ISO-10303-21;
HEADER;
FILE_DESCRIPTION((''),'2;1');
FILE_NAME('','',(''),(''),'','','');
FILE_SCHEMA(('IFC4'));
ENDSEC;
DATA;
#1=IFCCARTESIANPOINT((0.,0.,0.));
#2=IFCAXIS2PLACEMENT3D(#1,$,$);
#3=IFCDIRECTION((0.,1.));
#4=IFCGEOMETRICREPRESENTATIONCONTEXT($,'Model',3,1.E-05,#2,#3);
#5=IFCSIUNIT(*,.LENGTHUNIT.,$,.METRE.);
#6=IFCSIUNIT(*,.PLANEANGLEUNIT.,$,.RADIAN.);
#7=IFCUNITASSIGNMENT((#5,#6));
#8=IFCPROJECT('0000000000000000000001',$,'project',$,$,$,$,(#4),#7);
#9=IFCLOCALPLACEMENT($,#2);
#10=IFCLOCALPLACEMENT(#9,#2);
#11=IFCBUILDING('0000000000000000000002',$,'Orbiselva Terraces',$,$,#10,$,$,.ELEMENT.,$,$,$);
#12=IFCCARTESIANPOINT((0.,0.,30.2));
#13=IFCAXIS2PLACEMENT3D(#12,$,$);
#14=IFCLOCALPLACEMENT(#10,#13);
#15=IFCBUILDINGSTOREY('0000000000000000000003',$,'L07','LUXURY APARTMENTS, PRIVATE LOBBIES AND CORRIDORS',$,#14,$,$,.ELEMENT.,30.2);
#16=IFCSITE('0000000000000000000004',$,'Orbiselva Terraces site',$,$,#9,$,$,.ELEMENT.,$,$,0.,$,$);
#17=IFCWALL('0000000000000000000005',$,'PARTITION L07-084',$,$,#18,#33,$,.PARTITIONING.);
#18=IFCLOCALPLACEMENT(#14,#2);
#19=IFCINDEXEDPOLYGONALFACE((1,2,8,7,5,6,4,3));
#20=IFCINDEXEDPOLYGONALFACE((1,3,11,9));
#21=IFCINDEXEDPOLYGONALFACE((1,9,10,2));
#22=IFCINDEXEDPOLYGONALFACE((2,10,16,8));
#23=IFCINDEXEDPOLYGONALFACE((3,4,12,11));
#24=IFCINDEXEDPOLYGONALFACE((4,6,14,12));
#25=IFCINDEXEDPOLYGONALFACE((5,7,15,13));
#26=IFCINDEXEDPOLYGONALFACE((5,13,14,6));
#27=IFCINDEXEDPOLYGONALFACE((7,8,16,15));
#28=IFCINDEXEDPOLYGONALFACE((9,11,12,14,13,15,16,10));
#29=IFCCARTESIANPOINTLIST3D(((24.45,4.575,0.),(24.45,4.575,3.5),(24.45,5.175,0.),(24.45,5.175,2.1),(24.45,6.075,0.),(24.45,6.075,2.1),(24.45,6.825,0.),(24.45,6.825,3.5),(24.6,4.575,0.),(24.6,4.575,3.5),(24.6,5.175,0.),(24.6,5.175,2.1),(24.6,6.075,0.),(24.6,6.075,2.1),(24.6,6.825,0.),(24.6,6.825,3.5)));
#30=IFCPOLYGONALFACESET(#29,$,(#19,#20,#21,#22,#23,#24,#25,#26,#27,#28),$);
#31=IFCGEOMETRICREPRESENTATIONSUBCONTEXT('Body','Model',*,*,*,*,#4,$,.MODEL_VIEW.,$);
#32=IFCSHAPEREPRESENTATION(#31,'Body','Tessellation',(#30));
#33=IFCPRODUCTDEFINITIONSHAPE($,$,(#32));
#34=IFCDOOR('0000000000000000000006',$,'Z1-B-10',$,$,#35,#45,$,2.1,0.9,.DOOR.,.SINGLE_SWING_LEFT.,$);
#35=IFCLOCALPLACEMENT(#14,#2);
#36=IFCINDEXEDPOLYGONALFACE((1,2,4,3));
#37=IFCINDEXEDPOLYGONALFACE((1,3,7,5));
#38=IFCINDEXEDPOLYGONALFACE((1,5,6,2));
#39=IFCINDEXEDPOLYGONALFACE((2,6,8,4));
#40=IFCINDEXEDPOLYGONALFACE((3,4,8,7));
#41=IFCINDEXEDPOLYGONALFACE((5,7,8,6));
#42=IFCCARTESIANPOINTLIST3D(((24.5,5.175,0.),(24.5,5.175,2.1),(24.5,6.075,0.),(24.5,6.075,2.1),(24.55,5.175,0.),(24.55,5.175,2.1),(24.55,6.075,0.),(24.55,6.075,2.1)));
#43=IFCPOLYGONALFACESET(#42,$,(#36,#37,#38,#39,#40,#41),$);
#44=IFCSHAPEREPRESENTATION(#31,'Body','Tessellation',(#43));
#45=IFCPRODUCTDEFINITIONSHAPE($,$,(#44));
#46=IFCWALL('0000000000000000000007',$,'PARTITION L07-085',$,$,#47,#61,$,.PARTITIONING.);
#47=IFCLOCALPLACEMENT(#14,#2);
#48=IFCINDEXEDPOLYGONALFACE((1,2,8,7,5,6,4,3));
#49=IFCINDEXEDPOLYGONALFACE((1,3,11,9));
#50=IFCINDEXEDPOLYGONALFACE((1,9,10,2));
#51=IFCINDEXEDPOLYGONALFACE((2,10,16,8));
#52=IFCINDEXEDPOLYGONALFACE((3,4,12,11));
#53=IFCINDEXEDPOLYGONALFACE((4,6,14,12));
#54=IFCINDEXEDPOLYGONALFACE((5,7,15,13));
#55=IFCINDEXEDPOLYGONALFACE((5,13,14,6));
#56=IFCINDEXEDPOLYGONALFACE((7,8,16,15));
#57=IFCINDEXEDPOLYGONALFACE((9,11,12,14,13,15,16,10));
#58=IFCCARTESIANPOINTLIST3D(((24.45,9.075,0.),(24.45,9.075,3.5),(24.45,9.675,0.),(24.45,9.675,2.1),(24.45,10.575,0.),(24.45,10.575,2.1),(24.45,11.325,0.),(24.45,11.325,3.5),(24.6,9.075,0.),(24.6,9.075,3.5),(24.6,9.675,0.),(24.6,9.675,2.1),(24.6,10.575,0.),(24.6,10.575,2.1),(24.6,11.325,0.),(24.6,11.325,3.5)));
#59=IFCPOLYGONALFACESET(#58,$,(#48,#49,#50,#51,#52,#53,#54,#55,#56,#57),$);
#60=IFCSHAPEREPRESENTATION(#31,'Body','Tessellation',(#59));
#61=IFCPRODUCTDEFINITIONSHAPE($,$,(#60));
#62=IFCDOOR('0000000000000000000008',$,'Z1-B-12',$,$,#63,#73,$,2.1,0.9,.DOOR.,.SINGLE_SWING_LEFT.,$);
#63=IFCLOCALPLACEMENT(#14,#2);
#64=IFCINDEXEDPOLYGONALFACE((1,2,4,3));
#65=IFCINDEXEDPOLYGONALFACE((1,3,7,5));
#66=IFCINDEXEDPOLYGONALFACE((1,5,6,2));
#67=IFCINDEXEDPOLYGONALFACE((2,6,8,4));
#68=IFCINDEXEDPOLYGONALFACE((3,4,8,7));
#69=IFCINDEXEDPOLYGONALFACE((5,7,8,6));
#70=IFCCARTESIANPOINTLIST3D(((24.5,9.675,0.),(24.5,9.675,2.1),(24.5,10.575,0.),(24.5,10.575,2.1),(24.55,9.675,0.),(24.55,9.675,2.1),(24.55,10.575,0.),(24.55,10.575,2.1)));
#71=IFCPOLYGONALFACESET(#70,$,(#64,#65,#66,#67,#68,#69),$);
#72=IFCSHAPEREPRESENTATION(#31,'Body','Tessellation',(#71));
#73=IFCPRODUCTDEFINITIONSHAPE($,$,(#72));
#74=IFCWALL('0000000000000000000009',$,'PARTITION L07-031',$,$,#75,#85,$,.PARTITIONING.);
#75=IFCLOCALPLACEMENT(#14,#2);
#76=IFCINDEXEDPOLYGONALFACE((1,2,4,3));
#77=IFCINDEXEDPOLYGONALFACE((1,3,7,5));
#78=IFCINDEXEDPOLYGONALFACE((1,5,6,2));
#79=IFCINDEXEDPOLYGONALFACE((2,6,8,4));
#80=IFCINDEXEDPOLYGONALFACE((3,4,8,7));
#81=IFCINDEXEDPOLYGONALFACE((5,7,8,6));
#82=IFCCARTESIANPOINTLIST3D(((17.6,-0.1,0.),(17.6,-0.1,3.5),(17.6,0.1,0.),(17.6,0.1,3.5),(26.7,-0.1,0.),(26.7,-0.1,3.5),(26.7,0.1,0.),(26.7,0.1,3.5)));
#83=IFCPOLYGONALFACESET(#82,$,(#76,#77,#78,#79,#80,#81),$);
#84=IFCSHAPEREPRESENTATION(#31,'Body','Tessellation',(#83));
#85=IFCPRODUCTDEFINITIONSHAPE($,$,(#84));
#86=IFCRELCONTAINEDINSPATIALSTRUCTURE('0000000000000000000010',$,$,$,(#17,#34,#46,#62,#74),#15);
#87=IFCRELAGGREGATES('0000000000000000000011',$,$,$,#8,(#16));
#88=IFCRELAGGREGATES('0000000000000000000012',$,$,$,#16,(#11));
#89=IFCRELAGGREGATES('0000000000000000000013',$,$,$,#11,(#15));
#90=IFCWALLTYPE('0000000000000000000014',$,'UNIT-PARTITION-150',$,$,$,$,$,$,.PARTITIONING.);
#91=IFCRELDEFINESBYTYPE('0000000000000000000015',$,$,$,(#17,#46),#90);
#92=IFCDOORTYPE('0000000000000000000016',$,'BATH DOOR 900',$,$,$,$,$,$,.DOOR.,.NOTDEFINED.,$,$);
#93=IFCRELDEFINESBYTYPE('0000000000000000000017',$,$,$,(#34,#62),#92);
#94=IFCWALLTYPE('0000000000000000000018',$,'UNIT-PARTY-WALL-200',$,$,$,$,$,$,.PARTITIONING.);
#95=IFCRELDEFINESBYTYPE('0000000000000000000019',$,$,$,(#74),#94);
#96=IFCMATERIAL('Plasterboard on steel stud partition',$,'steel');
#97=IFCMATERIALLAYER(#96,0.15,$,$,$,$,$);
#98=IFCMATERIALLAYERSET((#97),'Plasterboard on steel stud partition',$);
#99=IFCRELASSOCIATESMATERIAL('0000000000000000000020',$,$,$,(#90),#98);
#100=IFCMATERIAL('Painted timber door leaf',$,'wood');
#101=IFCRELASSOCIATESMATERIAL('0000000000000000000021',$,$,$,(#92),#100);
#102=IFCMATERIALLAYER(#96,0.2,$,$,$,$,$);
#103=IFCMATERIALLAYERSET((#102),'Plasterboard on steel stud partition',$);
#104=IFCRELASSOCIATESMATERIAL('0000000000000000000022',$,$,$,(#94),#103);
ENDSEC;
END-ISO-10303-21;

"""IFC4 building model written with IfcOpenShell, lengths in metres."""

from ifc_helpers import new_model, si_unit, direction, frame, frame_2d, origin, place, context, subcontext, project, spatial, rectangle, extrude, material, layer, layer_set, type_object, element, fill, save


model = new_model("IFC4")

# Units and contexts
model_context = context("Model", 3, precision=1e-05, world=origin(), true_north=direction((0.0, 1.0)))
body_context = subcontext(model_context, "Body", "Model", "MODEL_VIEW")
ifc_project = project(units=[si_unit("LENGTHUNIT", "METRE"), si_unit("PLANEANGLEUNIT", "RADIAN")], contexts=[model_context])

# Site, building, storey
site_placement = place(None, origin())
site = spatial("IfcSite", under=ifc_project, at=site_placement, Name="Orbiselva Terraces site", CompositionType="ELEMENT", RefElevation=0.0)
building_placement = place(site_placement, origin())
building = spatial("IfcBuilding", under=site, at=building_placement, Name="Orbiselva Terraces", CompositionType="ELEMENT")
storey_placement = place(building_placement, frame((0.0, 0.0, 30.2)))
storey = spatial("IfcBuildingStorey", under=building, at=storey_placement, Name="L07", Description="LUXURY APARTMENTS, PRIVATE LOBBIES AND CORRIDORS", CompositionType="ELEMENT", Elevation=30.2)

# Shared definitions
ifc_material_1 = material(Name="Plasterboard on steel stud partition", Category="steel")
ifc_material_2 = material(Name="Painted timber door leaf", Category="wood")

# Shared definitions
ifc_layer_1 = layer(ifc_material_1, 0.15)
ifc_layer_set_1 = layer_set([ifc_layer_1], Name="Plasterboard on steel stud partition")
wall_type_1 = type_object("IfcWallType", Name="UNIT-PARTITION-150", PredefinedType="PARTITIONING", material=ifc_layer_set_1)

# Walls, openings, doors
wall_1_placement = place(storey_placement, frame((24.525, 4.575, 0.0), z_axis=(0.0, 0.0, 1.0), x_axis=(0.0, 1.0, 0.0)))
wall_1 = element("IfcWall", 1, at=wall_1_placement, inside=storey, type_object=wall_type_1, Name="PARTITION L07-084", PredefinedType="PARTITIONING", context=body_context, shape_type="SweptSolid", body=[
    extrude(rectangle(XDim=2.25, YDim=0.15, at=frame_2d((1.125, 0.0))), origin(), (0.0, 0.0, 1.0), 3.5),
])
opening_1_placement = place(wall_1_placement, frame((0.6, 0.0, 0.0)))
opening_1 = element("IfcOpeningElement", 2, at=opening_1_placement, cuts=wall_1, PredefinedType="OPENING", context=body_context, shape_type="SweptSolid", body=[
    extrude(rectangle(XDim=0.9, YDim=2.1, at=frame_2d((0.45, 1.05))), frame((0.0, 0.085, 0.0), z_axis=(0.0, -1.0, 0.0), x_axis=(1.0, 0.0, 0.0)), (0.0, 0.0, 1.0), 0.17),
])
door_type_1 = type_object("IfcDoorType", Name="BATH DOOR 900", OperationType="NOTDEFINED", PredefinedType="DOOR", material=ifc_material_2)
door_1_placement = place(opening_1_placement, origin())
door_1 = element("IfcDoor", 3, at=door_1_placement, inside=storey, type_object=door_type_1, Name="Z1-B-10", OperationType="SINGLE_SWING_LEFT", OverallHeight=2.1, OverallWidth=0.9, PredefinedType="DOOR", context=body_context, shape_type="SweptSolid", body=[
    extrude(rectangle(XDim=0.9, YDim=2.1, at=frame_2d((0.45, 1.05))), frame((0.0, 0.025, 0.0), z_axis=(0.0, -1.0, 0.0), x_axis=(1.0, 0.0, 0.0)), (0.0, 0.0, 1.0), 0.05),
])
fill(opening_1, door_1)
wall_2_placement = place(storey_placement, frame((24.525, 9.075, 0.0), z_axis=(0.0, 0.0, 1.0), x_axis=(0.0, 1.0, 0.0)))
wall_2 = element("IfcWall", 4, at=wall_2_placement, inside=storey, type_object=wall_type_1, Name="PARTITION L07-085", PredefinedType="PARTITIONING", context=body_context, shape_type="SweptSolid", body=[
    extrude(rectangle(XDim=2.25, YDim=0.15, at=frame_2d((1.125, 0.0))), origin(), (0.0, 0.0, 1.0), 3.5),
])
opening_2_placement = place(wall_2_placement, frame((0.6, 0.0, 0.0)))
opening_2 = element("IfcOpeningElement", 5, at=opening_2_placement, cuts=wall_2, PredefinedType="OPENING", context=body_context, shape_type="SweptSolid", body=[
    extrude(rectangle(XDim=0.9, YDim=2.1, at=frame_2d((0.45, 1.05))), frame((0.0, 0.085, 0.0), z_axis=(0.0, -1.0, 0.0), x_axis=(1.0, 0.0, 0.0)), (0.0, 0.0, 1.0), 0.17),
])
door_2_placement = place(opening_2_placement, origin())
door_2 = element("IfcDoor", 6, at=door_2_placement, inside=storey, type_object=door_type_1, Name="Z1-B-12", OperationType="SINGLE_SWING_LEFT", OverallHeight=2.1, OverallWidth=0.9, PredefinedType="DOOR", context=body_context, shape_type="SweptSolid", body=[
    extrude(rectangle(XDim=0.9, YDim=2.1, at=frame_2d((0.45, 1.05))), frame((0.0, 0.025, 0.0), z_axis=(0.0, -1.0, 0.0), x_axis=(1.0, 0.0, 0.0)), (0.0, 0.0, 1.0), 0.05),
])
fill(opening_2, door_2)

# Wall
ifc_layer_2 = layer(ifc_material_1, 0.2)
ifc_layer_set_2 = layer_set([ifc_layer_2], Name="Plasterboard on steel stud partition")
wall_type_2 = type_object("IfcWallType", Name="UNIT-PARTY-WALL-200", PredefinedType="PARTITIONING", material=ifc_layer_set_2)
wall_3_placement = place(storey_placement, frame((17.6, 0.0, 0.0), z_axis=(0.0, 0.0, 1.0), x_axis=(1.0, 0.0, 0.0)))
element("IfcWall", 7, at=wall_3_placement, inside=storey, type_object=wall_type_2, Name="PARTITION L07-031", PredefinedType="PARTITIONING", context=body_context, shape_type="SweptSolid", body=[
    extrude(rectangle(XDim=9.1, YDim=0.2, at=frame_2d((4.55, 0.0))), origin(), (0.0, 0.0, 1.0), 3.5),
])

save(model, "model.ifc")
